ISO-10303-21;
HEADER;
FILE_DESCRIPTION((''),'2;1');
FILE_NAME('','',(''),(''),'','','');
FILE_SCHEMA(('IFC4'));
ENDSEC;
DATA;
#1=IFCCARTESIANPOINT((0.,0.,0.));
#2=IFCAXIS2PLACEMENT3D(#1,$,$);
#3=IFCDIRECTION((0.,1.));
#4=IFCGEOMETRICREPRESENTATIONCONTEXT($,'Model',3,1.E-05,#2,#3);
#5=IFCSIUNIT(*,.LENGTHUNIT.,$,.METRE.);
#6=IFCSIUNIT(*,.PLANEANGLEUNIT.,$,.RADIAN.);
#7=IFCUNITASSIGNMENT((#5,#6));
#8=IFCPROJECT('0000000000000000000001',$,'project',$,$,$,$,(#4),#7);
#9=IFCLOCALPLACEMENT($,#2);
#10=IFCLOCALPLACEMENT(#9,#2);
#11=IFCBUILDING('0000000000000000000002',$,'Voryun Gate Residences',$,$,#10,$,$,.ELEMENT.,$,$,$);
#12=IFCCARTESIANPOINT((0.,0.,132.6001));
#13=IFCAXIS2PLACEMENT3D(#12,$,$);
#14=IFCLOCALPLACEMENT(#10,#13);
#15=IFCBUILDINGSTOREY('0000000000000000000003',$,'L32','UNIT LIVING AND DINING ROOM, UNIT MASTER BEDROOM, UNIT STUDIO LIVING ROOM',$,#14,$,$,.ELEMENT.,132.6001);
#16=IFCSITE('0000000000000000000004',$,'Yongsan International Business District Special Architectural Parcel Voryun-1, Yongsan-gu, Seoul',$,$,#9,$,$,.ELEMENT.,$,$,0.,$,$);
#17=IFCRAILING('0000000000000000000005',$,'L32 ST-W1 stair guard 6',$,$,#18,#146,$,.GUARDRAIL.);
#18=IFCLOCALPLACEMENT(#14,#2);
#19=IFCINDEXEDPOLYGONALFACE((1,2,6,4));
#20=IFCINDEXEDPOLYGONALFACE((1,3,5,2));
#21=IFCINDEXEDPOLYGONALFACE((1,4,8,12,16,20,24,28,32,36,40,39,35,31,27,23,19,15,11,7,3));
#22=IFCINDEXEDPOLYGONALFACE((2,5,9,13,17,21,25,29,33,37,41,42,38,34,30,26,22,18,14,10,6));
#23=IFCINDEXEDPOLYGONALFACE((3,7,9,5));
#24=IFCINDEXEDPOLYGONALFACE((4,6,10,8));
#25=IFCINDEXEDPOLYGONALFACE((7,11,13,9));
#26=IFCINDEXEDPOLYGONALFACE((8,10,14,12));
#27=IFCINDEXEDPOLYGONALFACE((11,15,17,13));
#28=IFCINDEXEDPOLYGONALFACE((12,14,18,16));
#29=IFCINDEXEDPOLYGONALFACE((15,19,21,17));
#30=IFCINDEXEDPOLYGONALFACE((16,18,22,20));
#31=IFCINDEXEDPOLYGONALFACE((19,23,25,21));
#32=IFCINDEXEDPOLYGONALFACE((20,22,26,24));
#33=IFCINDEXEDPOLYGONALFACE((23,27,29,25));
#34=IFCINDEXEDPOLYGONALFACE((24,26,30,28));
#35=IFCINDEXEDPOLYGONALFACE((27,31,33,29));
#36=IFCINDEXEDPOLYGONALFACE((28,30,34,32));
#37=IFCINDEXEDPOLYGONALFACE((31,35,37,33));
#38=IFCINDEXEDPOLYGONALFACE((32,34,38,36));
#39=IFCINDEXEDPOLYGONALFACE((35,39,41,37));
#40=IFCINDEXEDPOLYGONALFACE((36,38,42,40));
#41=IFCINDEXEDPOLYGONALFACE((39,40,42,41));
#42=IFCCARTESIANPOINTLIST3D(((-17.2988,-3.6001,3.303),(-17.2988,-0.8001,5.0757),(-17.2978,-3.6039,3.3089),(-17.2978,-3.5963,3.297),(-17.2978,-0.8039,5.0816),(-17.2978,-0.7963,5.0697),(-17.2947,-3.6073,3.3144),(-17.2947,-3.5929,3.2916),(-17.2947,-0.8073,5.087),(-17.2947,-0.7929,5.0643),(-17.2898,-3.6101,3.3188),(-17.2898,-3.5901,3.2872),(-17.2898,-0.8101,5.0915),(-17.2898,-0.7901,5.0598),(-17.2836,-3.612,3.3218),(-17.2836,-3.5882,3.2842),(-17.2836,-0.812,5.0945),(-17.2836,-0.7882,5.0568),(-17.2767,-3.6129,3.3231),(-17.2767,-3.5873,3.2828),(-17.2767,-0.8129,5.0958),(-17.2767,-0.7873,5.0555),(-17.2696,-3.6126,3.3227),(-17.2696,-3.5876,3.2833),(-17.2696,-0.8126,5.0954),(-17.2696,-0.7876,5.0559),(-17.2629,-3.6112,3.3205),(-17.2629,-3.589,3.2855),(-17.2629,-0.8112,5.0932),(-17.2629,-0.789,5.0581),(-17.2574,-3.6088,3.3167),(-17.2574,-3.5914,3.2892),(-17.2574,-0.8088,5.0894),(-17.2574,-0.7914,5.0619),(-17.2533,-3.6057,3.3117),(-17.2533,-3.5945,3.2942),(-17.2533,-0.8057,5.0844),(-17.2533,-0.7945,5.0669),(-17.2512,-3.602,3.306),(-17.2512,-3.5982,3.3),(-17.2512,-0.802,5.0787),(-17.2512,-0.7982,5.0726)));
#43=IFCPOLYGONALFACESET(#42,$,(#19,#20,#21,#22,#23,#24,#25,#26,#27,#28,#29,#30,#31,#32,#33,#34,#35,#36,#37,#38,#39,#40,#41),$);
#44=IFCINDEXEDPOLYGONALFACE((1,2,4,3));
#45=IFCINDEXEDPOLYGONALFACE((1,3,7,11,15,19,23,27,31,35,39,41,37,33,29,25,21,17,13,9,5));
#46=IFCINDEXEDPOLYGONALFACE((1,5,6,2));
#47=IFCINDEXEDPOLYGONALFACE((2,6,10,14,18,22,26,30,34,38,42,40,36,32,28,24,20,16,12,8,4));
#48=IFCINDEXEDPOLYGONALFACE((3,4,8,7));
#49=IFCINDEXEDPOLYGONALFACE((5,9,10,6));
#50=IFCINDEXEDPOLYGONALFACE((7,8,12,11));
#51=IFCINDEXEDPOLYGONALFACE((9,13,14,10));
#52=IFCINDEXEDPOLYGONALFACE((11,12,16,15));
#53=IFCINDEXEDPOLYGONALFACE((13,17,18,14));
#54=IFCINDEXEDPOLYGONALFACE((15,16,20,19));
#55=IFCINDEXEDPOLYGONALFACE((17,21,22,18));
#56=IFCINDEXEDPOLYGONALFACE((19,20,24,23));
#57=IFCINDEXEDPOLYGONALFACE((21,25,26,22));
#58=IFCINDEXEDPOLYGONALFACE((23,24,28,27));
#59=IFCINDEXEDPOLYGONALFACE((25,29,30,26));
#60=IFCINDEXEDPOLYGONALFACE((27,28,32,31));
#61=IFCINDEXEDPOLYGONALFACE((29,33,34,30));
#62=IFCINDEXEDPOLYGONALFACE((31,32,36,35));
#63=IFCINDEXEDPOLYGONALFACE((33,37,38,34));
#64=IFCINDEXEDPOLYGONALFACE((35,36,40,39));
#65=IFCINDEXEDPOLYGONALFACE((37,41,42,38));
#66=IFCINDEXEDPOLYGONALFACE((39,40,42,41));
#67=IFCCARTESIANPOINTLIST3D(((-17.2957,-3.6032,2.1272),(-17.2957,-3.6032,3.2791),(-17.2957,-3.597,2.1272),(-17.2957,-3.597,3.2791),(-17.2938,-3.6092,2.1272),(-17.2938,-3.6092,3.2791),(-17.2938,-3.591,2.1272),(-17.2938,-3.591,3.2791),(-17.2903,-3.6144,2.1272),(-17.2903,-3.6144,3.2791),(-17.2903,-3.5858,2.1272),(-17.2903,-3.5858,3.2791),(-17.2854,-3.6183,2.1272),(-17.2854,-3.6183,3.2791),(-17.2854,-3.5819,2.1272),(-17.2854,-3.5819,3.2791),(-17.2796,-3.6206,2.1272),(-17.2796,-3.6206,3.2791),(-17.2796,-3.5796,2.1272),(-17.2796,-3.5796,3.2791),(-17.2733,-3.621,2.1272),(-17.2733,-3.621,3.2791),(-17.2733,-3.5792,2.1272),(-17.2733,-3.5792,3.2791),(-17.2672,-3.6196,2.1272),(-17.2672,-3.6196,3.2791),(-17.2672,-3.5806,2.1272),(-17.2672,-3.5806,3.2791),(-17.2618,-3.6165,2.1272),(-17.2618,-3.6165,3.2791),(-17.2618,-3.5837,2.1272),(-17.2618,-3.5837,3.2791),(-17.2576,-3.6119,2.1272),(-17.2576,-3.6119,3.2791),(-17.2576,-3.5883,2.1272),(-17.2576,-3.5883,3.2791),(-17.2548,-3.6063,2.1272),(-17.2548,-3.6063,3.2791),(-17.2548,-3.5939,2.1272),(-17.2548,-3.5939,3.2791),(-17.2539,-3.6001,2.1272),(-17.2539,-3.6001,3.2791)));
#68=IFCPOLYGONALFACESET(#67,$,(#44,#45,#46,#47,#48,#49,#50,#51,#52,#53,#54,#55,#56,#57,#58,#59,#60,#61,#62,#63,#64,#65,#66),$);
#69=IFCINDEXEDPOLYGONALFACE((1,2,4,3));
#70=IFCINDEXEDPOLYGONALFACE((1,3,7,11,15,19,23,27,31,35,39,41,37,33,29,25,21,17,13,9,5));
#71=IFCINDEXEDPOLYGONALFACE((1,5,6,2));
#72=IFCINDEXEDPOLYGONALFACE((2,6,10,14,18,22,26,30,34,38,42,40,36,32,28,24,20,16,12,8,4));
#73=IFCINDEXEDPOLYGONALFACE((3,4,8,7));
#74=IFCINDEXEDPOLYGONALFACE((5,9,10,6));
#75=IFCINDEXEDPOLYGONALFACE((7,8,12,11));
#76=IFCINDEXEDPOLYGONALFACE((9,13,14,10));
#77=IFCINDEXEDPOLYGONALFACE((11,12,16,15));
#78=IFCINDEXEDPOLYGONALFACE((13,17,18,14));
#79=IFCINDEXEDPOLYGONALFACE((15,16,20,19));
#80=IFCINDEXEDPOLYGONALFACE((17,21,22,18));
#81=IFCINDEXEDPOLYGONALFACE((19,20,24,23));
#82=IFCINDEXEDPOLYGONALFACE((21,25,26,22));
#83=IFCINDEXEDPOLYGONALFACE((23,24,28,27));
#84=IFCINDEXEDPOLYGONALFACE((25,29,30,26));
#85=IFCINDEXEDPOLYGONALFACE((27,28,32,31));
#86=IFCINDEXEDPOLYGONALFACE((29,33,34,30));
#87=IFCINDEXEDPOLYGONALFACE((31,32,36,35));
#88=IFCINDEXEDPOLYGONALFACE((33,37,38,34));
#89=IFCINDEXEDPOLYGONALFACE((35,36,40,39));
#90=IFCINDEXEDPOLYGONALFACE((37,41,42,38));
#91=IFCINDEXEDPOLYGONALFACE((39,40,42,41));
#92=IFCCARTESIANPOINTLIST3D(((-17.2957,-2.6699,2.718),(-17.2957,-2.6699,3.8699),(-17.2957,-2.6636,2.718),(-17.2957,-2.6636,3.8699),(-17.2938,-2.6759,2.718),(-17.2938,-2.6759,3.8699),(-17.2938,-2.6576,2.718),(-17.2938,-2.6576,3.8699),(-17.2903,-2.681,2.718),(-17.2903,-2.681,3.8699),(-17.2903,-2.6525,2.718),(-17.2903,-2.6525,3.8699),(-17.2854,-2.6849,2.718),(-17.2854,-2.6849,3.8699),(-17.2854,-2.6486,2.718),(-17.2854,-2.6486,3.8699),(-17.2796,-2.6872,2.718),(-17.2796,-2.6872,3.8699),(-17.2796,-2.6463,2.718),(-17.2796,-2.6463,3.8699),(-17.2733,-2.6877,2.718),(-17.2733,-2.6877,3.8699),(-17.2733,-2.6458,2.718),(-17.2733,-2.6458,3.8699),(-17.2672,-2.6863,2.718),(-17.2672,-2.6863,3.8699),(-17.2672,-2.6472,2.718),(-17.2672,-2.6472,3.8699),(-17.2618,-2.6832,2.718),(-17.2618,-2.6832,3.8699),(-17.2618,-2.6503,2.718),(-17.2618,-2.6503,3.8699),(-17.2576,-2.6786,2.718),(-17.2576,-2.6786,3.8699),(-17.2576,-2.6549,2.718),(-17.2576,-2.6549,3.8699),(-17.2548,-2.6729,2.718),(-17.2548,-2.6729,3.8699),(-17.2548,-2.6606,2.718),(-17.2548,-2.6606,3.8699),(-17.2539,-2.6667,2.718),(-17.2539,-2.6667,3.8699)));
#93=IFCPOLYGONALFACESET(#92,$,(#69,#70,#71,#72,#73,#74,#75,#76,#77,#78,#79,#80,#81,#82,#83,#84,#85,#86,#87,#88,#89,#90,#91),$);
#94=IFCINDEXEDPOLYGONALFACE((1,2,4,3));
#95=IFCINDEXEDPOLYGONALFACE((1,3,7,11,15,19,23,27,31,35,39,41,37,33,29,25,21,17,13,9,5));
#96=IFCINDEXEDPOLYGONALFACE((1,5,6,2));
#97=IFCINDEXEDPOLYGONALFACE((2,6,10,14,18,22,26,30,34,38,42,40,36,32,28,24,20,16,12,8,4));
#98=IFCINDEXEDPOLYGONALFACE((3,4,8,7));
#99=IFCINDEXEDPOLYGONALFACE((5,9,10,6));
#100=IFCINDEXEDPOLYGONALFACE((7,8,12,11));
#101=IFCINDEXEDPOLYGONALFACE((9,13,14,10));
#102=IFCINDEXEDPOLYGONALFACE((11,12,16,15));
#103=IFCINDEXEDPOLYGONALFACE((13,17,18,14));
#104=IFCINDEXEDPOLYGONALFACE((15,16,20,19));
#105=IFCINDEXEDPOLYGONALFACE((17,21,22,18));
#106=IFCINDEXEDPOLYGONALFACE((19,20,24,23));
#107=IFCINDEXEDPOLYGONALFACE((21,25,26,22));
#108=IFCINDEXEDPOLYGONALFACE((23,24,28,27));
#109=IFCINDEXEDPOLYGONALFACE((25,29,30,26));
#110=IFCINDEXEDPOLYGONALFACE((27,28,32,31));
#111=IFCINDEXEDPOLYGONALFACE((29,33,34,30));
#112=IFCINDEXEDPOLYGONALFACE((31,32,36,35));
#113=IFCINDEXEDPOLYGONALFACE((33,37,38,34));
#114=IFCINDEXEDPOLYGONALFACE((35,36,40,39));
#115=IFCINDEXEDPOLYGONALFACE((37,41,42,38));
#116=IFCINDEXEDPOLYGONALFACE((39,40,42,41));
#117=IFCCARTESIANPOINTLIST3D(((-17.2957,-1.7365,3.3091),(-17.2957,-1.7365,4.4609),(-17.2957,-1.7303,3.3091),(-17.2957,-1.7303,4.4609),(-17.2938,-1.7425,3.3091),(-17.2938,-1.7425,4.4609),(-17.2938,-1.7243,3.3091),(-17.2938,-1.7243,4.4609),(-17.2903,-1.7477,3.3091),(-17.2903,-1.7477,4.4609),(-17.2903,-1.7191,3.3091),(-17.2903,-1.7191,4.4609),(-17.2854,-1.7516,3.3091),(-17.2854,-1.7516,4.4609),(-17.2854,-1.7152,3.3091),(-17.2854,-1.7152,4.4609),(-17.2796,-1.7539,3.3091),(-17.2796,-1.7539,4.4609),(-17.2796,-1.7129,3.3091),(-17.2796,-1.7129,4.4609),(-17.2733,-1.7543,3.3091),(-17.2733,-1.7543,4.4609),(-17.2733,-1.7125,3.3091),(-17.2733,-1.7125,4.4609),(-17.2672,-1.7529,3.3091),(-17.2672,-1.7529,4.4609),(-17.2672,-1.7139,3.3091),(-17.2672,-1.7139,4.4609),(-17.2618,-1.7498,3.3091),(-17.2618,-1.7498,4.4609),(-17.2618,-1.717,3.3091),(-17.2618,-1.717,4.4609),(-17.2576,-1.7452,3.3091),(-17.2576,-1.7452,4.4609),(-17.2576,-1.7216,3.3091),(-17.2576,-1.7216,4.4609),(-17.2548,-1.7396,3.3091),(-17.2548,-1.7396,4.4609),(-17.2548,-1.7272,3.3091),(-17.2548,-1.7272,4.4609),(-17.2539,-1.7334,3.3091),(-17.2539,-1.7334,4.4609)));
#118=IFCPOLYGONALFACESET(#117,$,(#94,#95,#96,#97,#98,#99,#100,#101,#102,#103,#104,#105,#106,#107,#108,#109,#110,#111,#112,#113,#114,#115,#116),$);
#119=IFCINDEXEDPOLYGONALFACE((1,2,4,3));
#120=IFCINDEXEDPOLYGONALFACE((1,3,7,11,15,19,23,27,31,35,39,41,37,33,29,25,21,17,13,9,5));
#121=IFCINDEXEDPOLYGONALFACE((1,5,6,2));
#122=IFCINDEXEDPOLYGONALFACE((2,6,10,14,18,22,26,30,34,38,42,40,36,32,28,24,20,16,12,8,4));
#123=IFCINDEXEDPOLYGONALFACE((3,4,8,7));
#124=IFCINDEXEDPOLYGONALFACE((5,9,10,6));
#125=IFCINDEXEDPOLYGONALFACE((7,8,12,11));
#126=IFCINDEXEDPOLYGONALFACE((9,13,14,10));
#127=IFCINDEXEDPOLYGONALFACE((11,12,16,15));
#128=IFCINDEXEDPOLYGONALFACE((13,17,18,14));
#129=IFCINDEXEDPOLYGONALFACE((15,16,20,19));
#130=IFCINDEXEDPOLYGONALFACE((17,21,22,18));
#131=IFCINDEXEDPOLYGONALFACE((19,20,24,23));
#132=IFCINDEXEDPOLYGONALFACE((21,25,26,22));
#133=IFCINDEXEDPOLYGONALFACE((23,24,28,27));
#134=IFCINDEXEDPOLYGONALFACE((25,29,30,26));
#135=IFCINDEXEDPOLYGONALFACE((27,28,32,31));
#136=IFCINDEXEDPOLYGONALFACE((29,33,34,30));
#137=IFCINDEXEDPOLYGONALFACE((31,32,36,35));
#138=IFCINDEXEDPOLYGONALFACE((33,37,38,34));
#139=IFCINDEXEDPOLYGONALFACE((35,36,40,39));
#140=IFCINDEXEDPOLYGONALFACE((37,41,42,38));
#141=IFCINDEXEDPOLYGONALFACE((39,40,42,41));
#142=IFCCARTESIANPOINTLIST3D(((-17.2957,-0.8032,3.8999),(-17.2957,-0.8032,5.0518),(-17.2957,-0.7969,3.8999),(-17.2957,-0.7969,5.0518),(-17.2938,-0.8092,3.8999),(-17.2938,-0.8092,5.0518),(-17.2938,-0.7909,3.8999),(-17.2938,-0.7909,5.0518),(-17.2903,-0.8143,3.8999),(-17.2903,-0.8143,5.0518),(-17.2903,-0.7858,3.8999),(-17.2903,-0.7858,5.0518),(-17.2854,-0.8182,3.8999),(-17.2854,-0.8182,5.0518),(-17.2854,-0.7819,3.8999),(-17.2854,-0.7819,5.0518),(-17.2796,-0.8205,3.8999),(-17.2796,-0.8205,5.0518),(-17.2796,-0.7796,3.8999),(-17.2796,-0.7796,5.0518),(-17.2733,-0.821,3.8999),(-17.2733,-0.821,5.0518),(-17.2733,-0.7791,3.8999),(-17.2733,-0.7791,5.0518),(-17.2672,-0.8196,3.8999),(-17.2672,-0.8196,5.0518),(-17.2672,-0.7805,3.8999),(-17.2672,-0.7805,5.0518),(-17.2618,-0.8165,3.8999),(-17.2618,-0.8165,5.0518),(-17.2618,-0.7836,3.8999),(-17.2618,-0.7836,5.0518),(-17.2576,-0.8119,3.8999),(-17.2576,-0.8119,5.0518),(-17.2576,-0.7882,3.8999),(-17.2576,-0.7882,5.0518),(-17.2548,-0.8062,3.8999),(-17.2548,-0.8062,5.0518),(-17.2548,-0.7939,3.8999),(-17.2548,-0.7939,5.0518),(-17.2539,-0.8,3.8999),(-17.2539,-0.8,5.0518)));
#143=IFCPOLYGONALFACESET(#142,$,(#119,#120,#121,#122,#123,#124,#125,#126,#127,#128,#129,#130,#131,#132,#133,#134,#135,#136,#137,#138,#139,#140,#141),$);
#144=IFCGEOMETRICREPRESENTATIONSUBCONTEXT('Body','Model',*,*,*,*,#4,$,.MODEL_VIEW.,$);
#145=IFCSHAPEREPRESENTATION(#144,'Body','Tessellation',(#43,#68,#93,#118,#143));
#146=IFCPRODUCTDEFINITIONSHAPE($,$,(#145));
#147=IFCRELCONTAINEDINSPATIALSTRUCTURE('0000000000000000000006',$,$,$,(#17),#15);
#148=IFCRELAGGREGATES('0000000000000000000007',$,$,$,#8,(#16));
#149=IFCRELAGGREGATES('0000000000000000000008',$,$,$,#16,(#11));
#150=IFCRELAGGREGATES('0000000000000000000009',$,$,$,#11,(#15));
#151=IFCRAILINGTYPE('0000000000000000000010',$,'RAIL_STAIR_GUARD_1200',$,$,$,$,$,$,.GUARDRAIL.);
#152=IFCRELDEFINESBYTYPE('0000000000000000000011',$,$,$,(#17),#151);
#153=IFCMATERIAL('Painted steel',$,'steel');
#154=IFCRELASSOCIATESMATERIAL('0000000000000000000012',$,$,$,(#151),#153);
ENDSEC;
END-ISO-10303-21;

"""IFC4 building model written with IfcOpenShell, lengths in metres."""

from ifc_helpers import new_model, si_unit, direction, frame, origin, origin_2d, place, context, subcontext, project, spatial, circle, extrude, material, type_object, element, save


model = new_model("IFC4")

# Units and contexts
model_context = context("Model", 3, precision=1e-05, world=origin(), true_north=direction((0.0, 1.0)))
body_context = subcontext(model_context, "Body", "Model", "MODEL_VIEW")
ifc_project = project(units=[si_unit("LENGTHUNIT", "METRE"), si_unit("PLANEANGLEUNIT", "RADIAN")], contexts=[model_context])

# Site, building, storey
site_placement = place(None, origin())
site = spatial("IfcSite", under=ifc_project, at=site_placement, Name="Yongsan International Business District Special Architectural Parcel Voryun-1, Yongsan-gu, Seoul", CompositionType="ELEMENT", RefElevation=0.0)
building_placement = place(site_placement, origin())
building = spatial("IfcBuilding", under=site, at=building_placement, Name="Voryun Gate Residences", CompositionType="ELEMENT")
storey_placement = place(building_placement, frame((0.0, 0.0, 132.6001)))
storey = spatial("IfcBuildingStorey", under=building, at=storey_placement, Name="L32", Description="UNIT LIVING AND DINING ROOM, UNIT MASTER BEDROOM, UNIT STUDIO LIVING ROOM", CompositionType="ELEMENT", Elevation=132.6001)

# Railing
ifc_material_1 = material(Name="Painted steel", Category="steel")
railing_type_1 = type_object("IfcRailingType", Name="RAIL_STAIR_GUARD_1200", PredefinedType="GUARDRAIL", material=ifc_material_1)
railing_1_placement = place(storey_placement, frame((-17.2749, -3.6001, 2.1272)))
element("IfcRailing", 1, at=railing_1_placement, inside=storey, type_object=railing_type_1, Name="L32 ST-W1 stair guard 6", PredefinedType="GUARDRAIL", context=body_context, shape_type="SweptSolid", body=[
    extrude(circle(Radius=0.0239, at=origin_2d()), frame((0.0, 0.0, 1.1758), z_axis=(0.0, 0.844909, 0.53491), x_axis=(-1.0, 0.0, 0.0)), (0.0, 0.0, 1.0), 3.314),
    extrude(circle(Radius=0.021, at=origin_2d()), origin(), (0.0, 0.0, 1.0), 1.1519),
    extrude(circle(Radius=0.021, at=origin_2d()), frame((0.0, 0.9333, 0.5908)), (0.0, 0.0, 1.0), 1.1519),
    extrude(circle(Radius=0.021, at=origin_2d()), frame((0.0, 1.8667, 1.1819)), (0.0, 0.0, 1.0), 1.1519),
    extrude(circle(Radius=0.021, at=origin_2d()), frame((0.0, 2.8, 1.7727)), (0.0, 0.0, 1.0), 1.1519),
])

save(model, "model.ifc")
